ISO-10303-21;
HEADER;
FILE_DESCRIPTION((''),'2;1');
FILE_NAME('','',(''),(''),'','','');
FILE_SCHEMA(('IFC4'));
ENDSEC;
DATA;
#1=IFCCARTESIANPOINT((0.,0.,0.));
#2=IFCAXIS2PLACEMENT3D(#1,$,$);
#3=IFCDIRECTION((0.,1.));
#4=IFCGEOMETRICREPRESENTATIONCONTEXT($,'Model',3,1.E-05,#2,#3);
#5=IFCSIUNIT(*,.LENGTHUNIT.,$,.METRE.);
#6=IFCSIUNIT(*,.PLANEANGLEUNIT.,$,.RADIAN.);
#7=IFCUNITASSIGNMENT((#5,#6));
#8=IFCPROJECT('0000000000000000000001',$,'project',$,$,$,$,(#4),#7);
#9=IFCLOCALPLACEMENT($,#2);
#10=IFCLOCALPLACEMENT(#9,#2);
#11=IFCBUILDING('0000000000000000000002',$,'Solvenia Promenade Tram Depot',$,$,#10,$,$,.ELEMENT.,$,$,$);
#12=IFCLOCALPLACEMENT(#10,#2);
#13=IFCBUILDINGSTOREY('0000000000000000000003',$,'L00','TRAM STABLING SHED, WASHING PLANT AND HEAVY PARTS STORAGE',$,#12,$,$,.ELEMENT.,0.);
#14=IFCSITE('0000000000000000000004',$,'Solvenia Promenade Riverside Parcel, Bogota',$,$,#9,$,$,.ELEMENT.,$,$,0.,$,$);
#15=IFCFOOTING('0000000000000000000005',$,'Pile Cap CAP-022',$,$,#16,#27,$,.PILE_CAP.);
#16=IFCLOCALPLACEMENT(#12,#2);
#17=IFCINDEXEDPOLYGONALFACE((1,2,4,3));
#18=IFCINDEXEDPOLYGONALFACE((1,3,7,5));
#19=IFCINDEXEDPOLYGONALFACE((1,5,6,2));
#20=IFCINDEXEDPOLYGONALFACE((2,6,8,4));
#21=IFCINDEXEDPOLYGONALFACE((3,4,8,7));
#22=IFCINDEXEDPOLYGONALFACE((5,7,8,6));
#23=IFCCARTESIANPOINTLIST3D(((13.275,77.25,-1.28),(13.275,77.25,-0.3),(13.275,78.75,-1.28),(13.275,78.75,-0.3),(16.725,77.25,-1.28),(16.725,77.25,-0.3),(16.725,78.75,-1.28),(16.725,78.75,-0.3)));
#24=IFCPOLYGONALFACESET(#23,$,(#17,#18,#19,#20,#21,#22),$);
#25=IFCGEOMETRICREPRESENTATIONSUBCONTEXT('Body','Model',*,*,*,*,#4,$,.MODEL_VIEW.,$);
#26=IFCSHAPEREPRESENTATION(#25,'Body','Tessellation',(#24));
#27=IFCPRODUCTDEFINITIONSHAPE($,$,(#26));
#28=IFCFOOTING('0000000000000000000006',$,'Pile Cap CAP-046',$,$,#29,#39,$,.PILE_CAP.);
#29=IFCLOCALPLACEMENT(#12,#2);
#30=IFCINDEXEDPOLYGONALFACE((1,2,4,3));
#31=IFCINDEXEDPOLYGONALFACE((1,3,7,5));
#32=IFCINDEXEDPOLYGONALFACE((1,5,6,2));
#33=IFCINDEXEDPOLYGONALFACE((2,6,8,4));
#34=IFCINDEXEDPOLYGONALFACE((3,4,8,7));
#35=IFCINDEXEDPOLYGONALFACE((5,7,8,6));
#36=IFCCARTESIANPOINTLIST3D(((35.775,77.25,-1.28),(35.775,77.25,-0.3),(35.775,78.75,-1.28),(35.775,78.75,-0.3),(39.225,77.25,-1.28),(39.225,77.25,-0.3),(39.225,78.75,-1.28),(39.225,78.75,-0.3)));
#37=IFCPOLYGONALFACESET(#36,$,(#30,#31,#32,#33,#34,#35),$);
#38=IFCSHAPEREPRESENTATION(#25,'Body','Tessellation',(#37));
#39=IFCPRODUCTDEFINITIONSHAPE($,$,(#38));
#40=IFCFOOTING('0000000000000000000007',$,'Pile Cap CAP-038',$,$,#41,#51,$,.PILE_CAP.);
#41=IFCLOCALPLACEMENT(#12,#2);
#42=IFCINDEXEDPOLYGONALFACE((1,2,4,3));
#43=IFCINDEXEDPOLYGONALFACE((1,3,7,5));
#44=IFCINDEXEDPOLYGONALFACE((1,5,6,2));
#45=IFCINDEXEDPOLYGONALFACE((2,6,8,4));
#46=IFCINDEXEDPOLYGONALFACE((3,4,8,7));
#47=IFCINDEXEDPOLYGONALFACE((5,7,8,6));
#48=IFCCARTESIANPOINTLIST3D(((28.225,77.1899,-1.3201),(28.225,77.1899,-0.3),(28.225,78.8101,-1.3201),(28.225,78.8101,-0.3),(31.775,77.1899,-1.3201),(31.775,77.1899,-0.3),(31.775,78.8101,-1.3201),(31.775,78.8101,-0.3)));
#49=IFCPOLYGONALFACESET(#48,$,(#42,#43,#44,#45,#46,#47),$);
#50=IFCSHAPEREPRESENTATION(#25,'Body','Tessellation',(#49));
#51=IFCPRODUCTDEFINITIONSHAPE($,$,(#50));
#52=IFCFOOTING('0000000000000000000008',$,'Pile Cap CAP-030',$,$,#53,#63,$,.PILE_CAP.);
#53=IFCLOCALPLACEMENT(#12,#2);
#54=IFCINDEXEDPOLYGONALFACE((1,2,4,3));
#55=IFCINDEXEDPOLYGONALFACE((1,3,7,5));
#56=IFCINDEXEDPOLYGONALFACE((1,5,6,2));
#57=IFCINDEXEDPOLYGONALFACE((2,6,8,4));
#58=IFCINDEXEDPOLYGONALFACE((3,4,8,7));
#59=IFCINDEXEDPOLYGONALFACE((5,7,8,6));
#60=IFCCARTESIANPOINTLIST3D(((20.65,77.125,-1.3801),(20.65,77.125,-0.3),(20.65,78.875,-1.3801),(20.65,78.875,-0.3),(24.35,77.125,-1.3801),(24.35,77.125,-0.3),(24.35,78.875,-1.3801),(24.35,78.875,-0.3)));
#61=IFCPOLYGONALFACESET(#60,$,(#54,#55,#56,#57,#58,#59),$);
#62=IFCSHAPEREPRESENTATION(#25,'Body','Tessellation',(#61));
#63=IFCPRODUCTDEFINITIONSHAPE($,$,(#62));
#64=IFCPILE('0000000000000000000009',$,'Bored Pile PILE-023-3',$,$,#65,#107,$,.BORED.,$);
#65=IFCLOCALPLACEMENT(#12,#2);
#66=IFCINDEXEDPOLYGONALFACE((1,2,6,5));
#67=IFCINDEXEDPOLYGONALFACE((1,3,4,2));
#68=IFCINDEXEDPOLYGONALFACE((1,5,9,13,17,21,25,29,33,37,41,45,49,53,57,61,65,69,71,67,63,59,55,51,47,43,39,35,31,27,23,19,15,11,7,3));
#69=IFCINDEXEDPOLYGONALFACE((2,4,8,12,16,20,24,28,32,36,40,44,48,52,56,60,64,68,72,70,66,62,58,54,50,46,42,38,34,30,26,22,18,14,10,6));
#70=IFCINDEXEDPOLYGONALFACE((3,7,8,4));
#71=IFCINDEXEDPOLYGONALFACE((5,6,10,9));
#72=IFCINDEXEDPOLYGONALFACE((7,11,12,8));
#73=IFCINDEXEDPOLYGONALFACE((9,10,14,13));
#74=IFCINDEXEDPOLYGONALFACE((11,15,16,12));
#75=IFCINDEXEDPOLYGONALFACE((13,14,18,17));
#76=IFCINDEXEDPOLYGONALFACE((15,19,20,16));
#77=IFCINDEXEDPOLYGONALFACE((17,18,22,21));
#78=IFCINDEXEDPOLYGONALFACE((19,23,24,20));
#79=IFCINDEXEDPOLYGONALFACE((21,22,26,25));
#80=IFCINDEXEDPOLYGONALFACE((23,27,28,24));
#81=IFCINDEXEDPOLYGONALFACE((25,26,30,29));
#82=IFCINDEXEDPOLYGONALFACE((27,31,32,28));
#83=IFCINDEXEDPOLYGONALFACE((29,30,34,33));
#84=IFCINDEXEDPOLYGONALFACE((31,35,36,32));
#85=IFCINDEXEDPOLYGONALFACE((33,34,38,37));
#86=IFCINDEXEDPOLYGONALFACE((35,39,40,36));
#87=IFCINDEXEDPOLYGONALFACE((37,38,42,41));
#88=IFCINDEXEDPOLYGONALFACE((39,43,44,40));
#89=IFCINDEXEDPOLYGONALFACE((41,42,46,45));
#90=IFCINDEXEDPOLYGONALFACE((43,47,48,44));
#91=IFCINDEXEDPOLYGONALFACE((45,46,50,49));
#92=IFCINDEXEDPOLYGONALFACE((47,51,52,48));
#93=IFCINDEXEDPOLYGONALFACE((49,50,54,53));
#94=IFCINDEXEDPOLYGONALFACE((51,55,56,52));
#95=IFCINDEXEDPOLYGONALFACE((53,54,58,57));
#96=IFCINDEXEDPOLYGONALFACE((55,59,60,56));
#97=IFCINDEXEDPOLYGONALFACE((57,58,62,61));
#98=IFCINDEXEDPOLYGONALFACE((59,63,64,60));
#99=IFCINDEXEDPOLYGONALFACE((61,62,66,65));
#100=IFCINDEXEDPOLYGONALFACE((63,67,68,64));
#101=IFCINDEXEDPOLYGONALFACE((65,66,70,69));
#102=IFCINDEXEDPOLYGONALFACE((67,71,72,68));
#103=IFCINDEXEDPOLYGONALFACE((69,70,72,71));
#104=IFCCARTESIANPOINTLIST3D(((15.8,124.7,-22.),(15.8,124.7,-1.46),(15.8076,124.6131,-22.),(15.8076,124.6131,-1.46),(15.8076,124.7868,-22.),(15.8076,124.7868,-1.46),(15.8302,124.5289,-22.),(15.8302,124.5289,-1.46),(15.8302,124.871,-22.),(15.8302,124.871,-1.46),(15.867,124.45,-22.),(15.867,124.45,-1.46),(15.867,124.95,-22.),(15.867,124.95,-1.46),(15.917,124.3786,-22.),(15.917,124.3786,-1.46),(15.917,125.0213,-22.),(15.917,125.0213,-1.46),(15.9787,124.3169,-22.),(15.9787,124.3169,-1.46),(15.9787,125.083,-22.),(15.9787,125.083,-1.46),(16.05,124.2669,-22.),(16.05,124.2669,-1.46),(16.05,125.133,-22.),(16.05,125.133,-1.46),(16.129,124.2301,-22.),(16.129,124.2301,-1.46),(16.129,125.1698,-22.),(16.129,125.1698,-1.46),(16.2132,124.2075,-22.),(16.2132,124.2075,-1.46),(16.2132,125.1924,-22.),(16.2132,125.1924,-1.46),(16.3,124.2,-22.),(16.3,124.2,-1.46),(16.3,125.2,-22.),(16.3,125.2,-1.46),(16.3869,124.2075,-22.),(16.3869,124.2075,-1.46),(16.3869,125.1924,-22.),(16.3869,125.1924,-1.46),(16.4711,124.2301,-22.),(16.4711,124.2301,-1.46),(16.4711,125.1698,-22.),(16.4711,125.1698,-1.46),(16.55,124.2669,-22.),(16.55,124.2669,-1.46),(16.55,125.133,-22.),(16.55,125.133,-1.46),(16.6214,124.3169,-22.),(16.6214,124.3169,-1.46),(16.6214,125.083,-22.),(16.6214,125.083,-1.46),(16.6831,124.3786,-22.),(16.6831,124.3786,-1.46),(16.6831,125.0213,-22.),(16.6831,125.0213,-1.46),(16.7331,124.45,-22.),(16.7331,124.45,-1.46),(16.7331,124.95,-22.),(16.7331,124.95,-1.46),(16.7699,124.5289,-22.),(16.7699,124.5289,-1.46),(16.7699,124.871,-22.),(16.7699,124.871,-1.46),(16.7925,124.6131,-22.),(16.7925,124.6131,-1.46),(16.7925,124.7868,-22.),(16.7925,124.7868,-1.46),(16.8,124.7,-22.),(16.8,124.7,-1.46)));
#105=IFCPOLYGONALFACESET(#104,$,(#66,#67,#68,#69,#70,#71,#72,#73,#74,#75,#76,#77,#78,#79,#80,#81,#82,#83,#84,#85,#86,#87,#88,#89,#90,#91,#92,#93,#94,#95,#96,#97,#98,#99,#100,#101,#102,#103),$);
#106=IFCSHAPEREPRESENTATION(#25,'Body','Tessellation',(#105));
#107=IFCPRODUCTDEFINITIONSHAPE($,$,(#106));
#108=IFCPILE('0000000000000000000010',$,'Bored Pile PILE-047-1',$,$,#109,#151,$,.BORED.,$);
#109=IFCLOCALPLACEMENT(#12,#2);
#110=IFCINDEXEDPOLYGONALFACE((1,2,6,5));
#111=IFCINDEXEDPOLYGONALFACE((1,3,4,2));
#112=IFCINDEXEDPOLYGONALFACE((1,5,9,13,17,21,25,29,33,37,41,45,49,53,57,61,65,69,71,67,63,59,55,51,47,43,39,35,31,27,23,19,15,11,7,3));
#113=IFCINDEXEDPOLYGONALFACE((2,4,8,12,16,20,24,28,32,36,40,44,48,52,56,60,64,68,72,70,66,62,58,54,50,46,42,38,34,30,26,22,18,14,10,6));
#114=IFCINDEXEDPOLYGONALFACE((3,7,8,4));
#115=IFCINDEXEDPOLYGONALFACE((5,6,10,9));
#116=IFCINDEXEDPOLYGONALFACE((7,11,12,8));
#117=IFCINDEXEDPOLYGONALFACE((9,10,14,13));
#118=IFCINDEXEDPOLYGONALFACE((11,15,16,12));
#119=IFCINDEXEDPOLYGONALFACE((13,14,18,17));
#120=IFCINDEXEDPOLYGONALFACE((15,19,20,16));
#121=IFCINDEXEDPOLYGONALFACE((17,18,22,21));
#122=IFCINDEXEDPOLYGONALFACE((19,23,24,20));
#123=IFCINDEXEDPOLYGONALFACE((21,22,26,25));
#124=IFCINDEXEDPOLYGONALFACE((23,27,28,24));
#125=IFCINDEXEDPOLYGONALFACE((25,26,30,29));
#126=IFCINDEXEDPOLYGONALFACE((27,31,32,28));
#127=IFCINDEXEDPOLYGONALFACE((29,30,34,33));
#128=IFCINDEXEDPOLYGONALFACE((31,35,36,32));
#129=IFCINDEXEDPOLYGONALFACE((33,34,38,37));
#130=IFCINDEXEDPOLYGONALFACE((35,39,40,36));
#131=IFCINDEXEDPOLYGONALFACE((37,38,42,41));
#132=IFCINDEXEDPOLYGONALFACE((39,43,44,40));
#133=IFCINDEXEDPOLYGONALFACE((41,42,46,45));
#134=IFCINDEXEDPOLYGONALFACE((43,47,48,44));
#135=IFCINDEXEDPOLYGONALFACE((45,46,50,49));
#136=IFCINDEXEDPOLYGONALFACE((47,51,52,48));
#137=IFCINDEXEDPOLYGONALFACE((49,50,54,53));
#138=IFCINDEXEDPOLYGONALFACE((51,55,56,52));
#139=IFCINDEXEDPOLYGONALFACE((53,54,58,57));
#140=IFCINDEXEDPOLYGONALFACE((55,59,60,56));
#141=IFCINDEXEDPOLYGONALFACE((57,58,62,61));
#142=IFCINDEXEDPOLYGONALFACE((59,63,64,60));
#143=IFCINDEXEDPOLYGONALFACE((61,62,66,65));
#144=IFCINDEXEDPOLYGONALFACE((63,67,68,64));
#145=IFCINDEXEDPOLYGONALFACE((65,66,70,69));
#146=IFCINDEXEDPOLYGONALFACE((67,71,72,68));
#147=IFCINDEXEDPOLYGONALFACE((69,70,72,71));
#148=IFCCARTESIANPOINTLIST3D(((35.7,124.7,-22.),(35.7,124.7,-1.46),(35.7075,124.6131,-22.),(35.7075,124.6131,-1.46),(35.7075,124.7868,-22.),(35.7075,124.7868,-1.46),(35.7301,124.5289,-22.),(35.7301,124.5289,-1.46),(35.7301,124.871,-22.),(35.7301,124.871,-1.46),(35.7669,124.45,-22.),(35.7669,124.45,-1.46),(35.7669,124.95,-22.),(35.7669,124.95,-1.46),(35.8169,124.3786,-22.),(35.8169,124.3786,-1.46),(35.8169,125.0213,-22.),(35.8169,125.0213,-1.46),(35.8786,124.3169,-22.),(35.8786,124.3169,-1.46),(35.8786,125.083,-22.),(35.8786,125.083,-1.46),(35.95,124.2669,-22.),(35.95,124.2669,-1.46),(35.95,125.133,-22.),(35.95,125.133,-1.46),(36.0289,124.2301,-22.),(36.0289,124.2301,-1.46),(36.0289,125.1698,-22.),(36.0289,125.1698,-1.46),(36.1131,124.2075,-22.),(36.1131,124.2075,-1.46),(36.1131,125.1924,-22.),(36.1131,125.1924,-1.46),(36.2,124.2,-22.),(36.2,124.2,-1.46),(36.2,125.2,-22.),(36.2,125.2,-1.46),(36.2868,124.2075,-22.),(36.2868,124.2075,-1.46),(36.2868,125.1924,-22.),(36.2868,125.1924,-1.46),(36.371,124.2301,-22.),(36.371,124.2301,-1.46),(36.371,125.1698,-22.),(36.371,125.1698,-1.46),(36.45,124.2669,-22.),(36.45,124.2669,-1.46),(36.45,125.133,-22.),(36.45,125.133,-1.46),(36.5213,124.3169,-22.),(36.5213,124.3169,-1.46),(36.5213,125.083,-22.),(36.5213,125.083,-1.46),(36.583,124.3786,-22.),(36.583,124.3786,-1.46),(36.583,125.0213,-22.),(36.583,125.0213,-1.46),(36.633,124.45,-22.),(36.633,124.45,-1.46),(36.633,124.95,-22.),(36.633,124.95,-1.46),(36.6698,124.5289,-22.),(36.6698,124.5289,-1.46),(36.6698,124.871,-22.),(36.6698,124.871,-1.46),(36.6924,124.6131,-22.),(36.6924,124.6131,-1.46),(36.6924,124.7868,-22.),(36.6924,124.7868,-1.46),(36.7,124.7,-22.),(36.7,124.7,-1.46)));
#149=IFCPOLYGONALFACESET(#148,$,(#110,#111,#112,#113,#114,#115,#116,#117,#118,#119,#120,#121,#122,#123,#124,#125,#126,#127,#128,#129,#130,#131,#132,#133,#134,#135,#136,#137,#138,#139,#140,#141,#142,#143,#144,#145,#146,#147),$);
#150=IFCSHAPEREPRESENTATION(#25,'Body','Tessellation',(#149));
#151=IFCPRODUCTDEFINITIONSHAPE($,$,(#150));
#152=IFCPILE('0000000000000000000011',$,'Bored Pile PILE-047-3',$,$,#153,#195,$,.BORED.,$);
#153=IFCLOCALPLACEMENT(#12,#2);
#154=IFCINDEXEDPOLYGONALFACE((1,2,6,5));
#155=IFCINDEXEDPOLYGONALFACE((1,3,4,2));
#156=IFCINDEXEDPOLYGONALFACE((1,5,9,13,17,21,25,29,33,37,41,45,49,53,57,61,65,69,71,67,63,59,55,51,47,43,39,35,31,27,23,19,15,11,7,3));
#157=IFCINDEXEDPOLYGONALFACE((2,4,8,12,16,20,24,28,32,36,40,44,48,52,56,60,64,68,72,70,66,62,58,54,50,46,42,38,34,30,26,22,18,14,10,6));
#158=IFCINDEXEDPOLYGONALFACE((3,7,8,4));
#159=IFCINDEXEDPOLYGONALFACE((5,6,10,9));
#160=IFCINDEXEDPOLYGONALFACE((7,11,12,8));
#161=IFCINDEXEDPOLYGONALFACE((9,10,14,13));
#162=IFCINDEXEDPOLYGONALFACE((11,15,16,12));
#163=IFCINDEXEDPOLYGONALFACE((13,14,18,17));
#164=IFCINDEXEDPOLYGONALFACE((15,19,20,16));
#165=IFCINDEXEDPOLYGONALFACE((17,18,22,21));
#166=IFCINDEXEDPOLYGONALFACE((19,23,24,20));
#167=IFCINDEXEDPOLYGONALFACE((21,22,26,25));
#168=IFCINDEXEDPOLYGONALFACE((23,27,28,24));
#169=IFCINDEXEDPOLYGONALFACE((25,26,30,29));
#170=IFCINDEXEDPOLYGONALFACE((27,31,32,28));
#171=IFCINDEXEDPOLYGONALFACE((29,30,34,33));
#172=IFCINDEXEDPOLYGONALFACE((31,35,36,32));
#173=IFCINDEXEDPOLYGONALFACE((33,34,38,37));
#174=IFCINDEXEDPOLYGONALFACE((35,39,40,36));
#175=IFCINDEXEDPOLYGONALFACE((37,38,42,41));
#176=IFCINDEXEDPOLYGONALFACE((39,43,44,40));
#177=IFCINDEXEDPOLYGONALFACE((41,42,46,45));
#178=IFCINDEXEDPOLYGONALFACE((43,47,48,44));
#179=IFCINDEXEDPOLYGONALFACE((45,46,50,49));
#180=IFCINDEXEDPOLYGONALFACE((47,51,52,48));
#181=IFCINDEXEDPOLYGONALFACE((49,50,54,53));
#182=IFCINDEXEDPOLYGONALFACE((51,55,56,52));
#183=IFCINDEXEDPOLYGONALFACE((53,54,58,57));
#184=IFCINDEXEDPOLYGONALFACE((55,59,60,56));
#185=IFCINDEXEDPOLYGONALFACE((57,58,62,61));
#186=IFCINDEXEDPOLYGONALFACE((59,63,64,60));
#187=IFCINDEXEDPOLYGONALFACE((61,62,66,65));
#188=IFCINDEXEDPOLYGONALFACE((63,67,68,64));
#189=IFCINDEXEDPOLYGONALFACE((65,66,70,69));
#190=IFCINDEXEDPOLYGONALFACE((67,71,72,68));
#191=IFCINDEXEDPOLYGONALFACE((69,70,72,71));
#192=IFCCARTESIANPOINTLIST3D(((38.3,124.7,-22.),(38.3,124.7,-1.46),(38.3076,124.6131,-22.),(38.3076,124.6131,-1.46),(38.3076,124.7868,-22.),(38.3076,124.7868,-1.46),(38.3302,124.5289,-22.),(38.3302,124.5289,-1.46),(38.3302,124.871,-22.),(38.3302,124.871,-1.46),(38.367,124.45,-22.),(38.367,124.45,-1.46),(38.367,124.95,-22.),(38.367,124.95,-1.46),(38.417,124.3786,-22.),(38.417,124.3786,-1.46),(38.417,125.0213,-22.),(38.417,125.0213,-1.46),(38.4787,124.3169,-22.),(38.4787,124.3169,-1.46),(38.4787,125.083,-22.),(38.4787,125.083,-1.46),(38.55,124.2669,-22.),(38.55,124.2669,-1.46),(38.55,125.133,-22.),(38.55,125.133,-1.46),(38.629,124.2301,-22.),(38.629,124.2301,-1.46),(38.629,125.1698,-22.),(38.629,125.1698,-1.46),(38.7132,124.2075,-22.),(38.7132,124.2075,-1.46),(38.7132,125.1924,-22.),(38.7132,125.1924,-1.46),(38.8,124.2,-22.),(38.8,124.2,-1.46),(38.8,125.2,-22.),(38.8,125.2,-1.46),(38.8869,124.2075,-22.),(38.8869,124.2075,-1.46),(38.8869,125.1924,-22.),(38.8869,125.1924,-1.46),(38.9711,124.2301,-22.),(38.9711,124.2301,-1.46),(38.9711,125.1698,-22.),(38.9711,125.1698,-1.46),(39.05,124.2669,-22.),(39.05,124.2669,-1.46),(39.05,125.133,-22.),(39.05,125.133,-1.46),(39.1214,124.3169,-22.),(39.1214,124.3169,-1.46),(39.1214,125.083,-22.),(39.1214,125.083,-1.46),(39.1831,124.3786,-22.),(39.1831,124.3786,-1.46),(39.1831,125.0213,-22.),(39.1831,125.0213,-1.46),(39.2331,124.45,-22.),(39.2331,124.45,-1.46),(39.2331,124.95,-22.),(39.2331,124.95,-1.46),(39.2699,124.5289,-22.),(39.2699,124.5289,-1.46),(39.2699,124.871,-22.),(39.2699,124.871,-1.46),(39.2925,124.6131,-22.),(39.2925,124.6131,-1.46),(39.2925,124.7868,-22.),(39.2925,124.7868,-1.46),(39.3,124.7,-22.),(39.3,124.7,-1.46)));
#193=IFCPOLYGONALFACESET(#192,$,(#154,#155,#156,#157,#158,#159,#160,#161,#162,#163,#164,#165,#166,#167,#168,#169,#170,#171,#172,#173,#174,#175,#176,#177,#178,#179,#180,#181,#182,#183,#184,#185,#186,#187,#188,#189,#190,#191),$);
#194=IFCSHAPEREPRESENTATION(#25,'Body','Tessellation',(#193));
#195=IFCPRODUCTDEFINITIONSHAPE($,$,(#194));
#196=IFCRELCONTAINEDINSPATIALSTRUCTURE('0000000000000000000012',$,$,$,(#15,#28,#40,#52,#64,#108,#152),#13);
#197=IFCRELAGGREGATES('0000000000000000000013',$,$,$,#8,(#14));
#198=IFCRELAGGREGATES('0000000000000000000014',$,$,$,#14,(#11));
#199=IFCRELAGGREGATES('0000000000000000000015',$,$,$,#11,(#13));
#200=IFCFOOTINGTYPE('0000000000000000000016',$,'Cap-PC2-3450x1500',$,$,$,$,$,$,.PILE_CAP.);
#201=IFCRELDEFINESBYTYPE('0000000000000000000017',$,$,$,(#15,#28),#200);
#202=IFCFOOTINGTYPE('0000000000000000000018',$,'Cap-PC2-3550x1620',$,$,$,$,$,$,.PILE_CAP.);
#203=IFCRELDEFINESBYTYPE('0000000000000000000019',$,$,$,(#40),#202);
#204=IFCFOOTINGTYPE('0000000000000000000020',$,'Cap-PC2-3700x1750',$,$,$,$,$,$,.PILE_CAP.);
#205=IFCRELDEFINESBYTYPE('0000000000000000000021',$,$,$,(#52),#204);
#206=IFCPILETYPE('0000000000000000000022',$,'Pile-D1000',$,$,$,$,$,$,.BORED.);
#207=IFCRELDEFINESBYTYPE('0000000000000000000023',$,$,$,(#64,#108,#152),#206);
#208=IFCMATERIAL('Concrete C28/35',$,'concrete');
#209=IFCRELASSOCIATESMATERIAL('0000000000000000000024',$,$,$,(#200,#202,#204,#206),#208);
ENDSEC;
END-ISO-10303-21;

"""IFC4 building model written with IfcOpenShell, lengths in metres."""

from ifc_helpers import new_model, si_unit, direction, frame, origin, origin_2d, place, context, subcontext, project, spatial, rectangle, circle, extrude, material, material_profile, profile_set, type_object, element, save


model = new_model("IFC4")

# Units and contexts
model_context = context("Model", 3, precision=1e-05, world=origin(), true_north=direction((0.0, 1.0)))
body_context = subcontext(model_context, "Body", "Model", "MODEL_VIEW")
ifc_project = project(units=[si_unit("LENGTHUNIT", "METRE"), si_unit("PLANEANGLEUNIT", "RADIAN")], contexts=[model_context])

# Site, building, storey
site_placement = place(None, origin())
site = spatial("IfcSite", under=ifc_project, at=site_placement, Name="Solvenia Promenade Riverside Parcel, Bogota", CompositionType="ELEMENT", RefElevation=0.0)
building_placement = place(site_placement, origin())
building = spatial("IfcBuilding", under=site, at=building_placement, Name="Solvenia Promenade Tram Depot", CompositionType="ELEMENT")
storey_placement = place(building_placement, origin())
storey = spatial("IfcBuildingStorey", under=building, at=storey_placement, Name="L00", Description="TRAM STABLING SHED, WASHING PLANT AND HEAVY PARTS STORAGE", CompositionType="ELEMENT", Elevation=0.0)

# Footings
ifc_material_1 = material(Name="Concrete C28/35", Category="concrete")
footing_type_1 = type_object("IfcFootingType", Name="Cap-PC2-3450x1500", PredefinedType="PILE_CAP", material=ifc_material_1)
for number, where, z_axis, x_axis, name in (
    (1, (15.0, 78.0, -1.28), (0.0, 0.0, 1.0), (1.0, 0.0, 0.0), "Pile Cap CAP-022"),
    (2, (37.5, 78.0, -1.28), (0.0, 0.0, 1.0), (1.0, 0.0, 0.0), "Pile Cap CAP-046"),
):
    element("IfcFooting", number, at=place(storey_placement, frame(where, z_axis=z_axis, x_axis=x_axis)), inside=storey, type_object=footing_type_1, Name=name, PredefinedType="PILE_CAP", context=body_context, shape_type="SweptSolid", body=[
        extrude(rectangle(XDim=3.45, YDim=1.5, at=origin_2d()), origin(), (0.0, 0.0, 1.0), 0.98),
    ])
footing_type_2 = type_object("IfcFootingType", Name="Cap-PC2-3550x1620", PredefinedType="PILE_CAP", material=ifc_material_1)
footing_1_placement = place(storey_placement, frame((30.0, 78.0, -1.3201), z_axis=(0.0, 0.0, 1.0), x_axis=(1.0, 0.0, 0.0)))
element("IfcFooting", 3, at=footing_1_placement, inside=storey, type_object=footing_type_2, Name="Pile Cap CAP-038", PredefinedType="PILE_CAP", context=body_context, shape_type="SweptSolid", body=[
    extrude(rectangle(XDim=3.55, YDim=1.6201, at=origin_2d()), origin(), (0.0, 0.0, 1.0), 1.02),
])
footing_type_3 = type_object("IfcFootingType", Name="Cap-PC2-3700x1750", PredefinedType="PILE_CAP", material=ifc_material_1)
footing_2_placement = place(storey_placement, frame((22.5, 78.0, -1.3801), z_axis=(0.0, 0.0, 1.0), x_axis=(1.0, 0.0, 0.0)))
element("IfcFooting", 4, at=footing_2_placement, inside=storey, type_object=footing_type_3, Name="Pile Cap CAP-030", PredefinedType="PILE_CAP", context=body_context, shape_type="SweptSolid", body=[
    extrude(rectangle(XDim=3.7, YDim=1.75, at=origin_2d()), origin(), (0.0, 0.0, 1.0), 1.0801),
])

# Piles
ifc_material_profile_1 = material_profile(ifc_material_1, circle(Radius=0.5, at=origin_2d()), Name="D1000", Category="concrete")
ifc_profile_set_1 = profile_set([ifc_material_profile_1], Name="Concrete C28/35")
pile_type_1 = type_object("IfcPileType", Name="Pile-D1000", PredefinedType="BORED", material=ifc_profile_set_1)
for number, where, z_axis, x_axis, name in (
    (5, (16.3, 124.7, -1.46), (0.0, 0.0, -1.0), (1.0, 0.0, 0.0), "Bored Pile PILE-023-3"),
    (6, (36.2, 124.7, -1.46), (0.0, 0.0, -1.0), (1.0, 0.0, 0.0), "Bored Pile PILE-047-1"),
    (7, (38.8, 124.7, -1.46), (0.0, 0.0, -1.0), (1.0, 0.0, 0.0), "Bored Pile PILE-047-3"),
):
    element("IfcPile", number, at=place(storey_placement, frame(where, z_axis=z_axis, x_axis=x_axis)), inside=storey, type_object=pile_type_1, Name=name, PredefinedType="BORED", context=body_context, shape_type="SweptSolid", body=[
        extrude(circle(Radius=0.5, at=origin_2d()), origin(), (0.0, 0.0, 1.0), 20.54),
    ])

save(model, "model.ifc")
